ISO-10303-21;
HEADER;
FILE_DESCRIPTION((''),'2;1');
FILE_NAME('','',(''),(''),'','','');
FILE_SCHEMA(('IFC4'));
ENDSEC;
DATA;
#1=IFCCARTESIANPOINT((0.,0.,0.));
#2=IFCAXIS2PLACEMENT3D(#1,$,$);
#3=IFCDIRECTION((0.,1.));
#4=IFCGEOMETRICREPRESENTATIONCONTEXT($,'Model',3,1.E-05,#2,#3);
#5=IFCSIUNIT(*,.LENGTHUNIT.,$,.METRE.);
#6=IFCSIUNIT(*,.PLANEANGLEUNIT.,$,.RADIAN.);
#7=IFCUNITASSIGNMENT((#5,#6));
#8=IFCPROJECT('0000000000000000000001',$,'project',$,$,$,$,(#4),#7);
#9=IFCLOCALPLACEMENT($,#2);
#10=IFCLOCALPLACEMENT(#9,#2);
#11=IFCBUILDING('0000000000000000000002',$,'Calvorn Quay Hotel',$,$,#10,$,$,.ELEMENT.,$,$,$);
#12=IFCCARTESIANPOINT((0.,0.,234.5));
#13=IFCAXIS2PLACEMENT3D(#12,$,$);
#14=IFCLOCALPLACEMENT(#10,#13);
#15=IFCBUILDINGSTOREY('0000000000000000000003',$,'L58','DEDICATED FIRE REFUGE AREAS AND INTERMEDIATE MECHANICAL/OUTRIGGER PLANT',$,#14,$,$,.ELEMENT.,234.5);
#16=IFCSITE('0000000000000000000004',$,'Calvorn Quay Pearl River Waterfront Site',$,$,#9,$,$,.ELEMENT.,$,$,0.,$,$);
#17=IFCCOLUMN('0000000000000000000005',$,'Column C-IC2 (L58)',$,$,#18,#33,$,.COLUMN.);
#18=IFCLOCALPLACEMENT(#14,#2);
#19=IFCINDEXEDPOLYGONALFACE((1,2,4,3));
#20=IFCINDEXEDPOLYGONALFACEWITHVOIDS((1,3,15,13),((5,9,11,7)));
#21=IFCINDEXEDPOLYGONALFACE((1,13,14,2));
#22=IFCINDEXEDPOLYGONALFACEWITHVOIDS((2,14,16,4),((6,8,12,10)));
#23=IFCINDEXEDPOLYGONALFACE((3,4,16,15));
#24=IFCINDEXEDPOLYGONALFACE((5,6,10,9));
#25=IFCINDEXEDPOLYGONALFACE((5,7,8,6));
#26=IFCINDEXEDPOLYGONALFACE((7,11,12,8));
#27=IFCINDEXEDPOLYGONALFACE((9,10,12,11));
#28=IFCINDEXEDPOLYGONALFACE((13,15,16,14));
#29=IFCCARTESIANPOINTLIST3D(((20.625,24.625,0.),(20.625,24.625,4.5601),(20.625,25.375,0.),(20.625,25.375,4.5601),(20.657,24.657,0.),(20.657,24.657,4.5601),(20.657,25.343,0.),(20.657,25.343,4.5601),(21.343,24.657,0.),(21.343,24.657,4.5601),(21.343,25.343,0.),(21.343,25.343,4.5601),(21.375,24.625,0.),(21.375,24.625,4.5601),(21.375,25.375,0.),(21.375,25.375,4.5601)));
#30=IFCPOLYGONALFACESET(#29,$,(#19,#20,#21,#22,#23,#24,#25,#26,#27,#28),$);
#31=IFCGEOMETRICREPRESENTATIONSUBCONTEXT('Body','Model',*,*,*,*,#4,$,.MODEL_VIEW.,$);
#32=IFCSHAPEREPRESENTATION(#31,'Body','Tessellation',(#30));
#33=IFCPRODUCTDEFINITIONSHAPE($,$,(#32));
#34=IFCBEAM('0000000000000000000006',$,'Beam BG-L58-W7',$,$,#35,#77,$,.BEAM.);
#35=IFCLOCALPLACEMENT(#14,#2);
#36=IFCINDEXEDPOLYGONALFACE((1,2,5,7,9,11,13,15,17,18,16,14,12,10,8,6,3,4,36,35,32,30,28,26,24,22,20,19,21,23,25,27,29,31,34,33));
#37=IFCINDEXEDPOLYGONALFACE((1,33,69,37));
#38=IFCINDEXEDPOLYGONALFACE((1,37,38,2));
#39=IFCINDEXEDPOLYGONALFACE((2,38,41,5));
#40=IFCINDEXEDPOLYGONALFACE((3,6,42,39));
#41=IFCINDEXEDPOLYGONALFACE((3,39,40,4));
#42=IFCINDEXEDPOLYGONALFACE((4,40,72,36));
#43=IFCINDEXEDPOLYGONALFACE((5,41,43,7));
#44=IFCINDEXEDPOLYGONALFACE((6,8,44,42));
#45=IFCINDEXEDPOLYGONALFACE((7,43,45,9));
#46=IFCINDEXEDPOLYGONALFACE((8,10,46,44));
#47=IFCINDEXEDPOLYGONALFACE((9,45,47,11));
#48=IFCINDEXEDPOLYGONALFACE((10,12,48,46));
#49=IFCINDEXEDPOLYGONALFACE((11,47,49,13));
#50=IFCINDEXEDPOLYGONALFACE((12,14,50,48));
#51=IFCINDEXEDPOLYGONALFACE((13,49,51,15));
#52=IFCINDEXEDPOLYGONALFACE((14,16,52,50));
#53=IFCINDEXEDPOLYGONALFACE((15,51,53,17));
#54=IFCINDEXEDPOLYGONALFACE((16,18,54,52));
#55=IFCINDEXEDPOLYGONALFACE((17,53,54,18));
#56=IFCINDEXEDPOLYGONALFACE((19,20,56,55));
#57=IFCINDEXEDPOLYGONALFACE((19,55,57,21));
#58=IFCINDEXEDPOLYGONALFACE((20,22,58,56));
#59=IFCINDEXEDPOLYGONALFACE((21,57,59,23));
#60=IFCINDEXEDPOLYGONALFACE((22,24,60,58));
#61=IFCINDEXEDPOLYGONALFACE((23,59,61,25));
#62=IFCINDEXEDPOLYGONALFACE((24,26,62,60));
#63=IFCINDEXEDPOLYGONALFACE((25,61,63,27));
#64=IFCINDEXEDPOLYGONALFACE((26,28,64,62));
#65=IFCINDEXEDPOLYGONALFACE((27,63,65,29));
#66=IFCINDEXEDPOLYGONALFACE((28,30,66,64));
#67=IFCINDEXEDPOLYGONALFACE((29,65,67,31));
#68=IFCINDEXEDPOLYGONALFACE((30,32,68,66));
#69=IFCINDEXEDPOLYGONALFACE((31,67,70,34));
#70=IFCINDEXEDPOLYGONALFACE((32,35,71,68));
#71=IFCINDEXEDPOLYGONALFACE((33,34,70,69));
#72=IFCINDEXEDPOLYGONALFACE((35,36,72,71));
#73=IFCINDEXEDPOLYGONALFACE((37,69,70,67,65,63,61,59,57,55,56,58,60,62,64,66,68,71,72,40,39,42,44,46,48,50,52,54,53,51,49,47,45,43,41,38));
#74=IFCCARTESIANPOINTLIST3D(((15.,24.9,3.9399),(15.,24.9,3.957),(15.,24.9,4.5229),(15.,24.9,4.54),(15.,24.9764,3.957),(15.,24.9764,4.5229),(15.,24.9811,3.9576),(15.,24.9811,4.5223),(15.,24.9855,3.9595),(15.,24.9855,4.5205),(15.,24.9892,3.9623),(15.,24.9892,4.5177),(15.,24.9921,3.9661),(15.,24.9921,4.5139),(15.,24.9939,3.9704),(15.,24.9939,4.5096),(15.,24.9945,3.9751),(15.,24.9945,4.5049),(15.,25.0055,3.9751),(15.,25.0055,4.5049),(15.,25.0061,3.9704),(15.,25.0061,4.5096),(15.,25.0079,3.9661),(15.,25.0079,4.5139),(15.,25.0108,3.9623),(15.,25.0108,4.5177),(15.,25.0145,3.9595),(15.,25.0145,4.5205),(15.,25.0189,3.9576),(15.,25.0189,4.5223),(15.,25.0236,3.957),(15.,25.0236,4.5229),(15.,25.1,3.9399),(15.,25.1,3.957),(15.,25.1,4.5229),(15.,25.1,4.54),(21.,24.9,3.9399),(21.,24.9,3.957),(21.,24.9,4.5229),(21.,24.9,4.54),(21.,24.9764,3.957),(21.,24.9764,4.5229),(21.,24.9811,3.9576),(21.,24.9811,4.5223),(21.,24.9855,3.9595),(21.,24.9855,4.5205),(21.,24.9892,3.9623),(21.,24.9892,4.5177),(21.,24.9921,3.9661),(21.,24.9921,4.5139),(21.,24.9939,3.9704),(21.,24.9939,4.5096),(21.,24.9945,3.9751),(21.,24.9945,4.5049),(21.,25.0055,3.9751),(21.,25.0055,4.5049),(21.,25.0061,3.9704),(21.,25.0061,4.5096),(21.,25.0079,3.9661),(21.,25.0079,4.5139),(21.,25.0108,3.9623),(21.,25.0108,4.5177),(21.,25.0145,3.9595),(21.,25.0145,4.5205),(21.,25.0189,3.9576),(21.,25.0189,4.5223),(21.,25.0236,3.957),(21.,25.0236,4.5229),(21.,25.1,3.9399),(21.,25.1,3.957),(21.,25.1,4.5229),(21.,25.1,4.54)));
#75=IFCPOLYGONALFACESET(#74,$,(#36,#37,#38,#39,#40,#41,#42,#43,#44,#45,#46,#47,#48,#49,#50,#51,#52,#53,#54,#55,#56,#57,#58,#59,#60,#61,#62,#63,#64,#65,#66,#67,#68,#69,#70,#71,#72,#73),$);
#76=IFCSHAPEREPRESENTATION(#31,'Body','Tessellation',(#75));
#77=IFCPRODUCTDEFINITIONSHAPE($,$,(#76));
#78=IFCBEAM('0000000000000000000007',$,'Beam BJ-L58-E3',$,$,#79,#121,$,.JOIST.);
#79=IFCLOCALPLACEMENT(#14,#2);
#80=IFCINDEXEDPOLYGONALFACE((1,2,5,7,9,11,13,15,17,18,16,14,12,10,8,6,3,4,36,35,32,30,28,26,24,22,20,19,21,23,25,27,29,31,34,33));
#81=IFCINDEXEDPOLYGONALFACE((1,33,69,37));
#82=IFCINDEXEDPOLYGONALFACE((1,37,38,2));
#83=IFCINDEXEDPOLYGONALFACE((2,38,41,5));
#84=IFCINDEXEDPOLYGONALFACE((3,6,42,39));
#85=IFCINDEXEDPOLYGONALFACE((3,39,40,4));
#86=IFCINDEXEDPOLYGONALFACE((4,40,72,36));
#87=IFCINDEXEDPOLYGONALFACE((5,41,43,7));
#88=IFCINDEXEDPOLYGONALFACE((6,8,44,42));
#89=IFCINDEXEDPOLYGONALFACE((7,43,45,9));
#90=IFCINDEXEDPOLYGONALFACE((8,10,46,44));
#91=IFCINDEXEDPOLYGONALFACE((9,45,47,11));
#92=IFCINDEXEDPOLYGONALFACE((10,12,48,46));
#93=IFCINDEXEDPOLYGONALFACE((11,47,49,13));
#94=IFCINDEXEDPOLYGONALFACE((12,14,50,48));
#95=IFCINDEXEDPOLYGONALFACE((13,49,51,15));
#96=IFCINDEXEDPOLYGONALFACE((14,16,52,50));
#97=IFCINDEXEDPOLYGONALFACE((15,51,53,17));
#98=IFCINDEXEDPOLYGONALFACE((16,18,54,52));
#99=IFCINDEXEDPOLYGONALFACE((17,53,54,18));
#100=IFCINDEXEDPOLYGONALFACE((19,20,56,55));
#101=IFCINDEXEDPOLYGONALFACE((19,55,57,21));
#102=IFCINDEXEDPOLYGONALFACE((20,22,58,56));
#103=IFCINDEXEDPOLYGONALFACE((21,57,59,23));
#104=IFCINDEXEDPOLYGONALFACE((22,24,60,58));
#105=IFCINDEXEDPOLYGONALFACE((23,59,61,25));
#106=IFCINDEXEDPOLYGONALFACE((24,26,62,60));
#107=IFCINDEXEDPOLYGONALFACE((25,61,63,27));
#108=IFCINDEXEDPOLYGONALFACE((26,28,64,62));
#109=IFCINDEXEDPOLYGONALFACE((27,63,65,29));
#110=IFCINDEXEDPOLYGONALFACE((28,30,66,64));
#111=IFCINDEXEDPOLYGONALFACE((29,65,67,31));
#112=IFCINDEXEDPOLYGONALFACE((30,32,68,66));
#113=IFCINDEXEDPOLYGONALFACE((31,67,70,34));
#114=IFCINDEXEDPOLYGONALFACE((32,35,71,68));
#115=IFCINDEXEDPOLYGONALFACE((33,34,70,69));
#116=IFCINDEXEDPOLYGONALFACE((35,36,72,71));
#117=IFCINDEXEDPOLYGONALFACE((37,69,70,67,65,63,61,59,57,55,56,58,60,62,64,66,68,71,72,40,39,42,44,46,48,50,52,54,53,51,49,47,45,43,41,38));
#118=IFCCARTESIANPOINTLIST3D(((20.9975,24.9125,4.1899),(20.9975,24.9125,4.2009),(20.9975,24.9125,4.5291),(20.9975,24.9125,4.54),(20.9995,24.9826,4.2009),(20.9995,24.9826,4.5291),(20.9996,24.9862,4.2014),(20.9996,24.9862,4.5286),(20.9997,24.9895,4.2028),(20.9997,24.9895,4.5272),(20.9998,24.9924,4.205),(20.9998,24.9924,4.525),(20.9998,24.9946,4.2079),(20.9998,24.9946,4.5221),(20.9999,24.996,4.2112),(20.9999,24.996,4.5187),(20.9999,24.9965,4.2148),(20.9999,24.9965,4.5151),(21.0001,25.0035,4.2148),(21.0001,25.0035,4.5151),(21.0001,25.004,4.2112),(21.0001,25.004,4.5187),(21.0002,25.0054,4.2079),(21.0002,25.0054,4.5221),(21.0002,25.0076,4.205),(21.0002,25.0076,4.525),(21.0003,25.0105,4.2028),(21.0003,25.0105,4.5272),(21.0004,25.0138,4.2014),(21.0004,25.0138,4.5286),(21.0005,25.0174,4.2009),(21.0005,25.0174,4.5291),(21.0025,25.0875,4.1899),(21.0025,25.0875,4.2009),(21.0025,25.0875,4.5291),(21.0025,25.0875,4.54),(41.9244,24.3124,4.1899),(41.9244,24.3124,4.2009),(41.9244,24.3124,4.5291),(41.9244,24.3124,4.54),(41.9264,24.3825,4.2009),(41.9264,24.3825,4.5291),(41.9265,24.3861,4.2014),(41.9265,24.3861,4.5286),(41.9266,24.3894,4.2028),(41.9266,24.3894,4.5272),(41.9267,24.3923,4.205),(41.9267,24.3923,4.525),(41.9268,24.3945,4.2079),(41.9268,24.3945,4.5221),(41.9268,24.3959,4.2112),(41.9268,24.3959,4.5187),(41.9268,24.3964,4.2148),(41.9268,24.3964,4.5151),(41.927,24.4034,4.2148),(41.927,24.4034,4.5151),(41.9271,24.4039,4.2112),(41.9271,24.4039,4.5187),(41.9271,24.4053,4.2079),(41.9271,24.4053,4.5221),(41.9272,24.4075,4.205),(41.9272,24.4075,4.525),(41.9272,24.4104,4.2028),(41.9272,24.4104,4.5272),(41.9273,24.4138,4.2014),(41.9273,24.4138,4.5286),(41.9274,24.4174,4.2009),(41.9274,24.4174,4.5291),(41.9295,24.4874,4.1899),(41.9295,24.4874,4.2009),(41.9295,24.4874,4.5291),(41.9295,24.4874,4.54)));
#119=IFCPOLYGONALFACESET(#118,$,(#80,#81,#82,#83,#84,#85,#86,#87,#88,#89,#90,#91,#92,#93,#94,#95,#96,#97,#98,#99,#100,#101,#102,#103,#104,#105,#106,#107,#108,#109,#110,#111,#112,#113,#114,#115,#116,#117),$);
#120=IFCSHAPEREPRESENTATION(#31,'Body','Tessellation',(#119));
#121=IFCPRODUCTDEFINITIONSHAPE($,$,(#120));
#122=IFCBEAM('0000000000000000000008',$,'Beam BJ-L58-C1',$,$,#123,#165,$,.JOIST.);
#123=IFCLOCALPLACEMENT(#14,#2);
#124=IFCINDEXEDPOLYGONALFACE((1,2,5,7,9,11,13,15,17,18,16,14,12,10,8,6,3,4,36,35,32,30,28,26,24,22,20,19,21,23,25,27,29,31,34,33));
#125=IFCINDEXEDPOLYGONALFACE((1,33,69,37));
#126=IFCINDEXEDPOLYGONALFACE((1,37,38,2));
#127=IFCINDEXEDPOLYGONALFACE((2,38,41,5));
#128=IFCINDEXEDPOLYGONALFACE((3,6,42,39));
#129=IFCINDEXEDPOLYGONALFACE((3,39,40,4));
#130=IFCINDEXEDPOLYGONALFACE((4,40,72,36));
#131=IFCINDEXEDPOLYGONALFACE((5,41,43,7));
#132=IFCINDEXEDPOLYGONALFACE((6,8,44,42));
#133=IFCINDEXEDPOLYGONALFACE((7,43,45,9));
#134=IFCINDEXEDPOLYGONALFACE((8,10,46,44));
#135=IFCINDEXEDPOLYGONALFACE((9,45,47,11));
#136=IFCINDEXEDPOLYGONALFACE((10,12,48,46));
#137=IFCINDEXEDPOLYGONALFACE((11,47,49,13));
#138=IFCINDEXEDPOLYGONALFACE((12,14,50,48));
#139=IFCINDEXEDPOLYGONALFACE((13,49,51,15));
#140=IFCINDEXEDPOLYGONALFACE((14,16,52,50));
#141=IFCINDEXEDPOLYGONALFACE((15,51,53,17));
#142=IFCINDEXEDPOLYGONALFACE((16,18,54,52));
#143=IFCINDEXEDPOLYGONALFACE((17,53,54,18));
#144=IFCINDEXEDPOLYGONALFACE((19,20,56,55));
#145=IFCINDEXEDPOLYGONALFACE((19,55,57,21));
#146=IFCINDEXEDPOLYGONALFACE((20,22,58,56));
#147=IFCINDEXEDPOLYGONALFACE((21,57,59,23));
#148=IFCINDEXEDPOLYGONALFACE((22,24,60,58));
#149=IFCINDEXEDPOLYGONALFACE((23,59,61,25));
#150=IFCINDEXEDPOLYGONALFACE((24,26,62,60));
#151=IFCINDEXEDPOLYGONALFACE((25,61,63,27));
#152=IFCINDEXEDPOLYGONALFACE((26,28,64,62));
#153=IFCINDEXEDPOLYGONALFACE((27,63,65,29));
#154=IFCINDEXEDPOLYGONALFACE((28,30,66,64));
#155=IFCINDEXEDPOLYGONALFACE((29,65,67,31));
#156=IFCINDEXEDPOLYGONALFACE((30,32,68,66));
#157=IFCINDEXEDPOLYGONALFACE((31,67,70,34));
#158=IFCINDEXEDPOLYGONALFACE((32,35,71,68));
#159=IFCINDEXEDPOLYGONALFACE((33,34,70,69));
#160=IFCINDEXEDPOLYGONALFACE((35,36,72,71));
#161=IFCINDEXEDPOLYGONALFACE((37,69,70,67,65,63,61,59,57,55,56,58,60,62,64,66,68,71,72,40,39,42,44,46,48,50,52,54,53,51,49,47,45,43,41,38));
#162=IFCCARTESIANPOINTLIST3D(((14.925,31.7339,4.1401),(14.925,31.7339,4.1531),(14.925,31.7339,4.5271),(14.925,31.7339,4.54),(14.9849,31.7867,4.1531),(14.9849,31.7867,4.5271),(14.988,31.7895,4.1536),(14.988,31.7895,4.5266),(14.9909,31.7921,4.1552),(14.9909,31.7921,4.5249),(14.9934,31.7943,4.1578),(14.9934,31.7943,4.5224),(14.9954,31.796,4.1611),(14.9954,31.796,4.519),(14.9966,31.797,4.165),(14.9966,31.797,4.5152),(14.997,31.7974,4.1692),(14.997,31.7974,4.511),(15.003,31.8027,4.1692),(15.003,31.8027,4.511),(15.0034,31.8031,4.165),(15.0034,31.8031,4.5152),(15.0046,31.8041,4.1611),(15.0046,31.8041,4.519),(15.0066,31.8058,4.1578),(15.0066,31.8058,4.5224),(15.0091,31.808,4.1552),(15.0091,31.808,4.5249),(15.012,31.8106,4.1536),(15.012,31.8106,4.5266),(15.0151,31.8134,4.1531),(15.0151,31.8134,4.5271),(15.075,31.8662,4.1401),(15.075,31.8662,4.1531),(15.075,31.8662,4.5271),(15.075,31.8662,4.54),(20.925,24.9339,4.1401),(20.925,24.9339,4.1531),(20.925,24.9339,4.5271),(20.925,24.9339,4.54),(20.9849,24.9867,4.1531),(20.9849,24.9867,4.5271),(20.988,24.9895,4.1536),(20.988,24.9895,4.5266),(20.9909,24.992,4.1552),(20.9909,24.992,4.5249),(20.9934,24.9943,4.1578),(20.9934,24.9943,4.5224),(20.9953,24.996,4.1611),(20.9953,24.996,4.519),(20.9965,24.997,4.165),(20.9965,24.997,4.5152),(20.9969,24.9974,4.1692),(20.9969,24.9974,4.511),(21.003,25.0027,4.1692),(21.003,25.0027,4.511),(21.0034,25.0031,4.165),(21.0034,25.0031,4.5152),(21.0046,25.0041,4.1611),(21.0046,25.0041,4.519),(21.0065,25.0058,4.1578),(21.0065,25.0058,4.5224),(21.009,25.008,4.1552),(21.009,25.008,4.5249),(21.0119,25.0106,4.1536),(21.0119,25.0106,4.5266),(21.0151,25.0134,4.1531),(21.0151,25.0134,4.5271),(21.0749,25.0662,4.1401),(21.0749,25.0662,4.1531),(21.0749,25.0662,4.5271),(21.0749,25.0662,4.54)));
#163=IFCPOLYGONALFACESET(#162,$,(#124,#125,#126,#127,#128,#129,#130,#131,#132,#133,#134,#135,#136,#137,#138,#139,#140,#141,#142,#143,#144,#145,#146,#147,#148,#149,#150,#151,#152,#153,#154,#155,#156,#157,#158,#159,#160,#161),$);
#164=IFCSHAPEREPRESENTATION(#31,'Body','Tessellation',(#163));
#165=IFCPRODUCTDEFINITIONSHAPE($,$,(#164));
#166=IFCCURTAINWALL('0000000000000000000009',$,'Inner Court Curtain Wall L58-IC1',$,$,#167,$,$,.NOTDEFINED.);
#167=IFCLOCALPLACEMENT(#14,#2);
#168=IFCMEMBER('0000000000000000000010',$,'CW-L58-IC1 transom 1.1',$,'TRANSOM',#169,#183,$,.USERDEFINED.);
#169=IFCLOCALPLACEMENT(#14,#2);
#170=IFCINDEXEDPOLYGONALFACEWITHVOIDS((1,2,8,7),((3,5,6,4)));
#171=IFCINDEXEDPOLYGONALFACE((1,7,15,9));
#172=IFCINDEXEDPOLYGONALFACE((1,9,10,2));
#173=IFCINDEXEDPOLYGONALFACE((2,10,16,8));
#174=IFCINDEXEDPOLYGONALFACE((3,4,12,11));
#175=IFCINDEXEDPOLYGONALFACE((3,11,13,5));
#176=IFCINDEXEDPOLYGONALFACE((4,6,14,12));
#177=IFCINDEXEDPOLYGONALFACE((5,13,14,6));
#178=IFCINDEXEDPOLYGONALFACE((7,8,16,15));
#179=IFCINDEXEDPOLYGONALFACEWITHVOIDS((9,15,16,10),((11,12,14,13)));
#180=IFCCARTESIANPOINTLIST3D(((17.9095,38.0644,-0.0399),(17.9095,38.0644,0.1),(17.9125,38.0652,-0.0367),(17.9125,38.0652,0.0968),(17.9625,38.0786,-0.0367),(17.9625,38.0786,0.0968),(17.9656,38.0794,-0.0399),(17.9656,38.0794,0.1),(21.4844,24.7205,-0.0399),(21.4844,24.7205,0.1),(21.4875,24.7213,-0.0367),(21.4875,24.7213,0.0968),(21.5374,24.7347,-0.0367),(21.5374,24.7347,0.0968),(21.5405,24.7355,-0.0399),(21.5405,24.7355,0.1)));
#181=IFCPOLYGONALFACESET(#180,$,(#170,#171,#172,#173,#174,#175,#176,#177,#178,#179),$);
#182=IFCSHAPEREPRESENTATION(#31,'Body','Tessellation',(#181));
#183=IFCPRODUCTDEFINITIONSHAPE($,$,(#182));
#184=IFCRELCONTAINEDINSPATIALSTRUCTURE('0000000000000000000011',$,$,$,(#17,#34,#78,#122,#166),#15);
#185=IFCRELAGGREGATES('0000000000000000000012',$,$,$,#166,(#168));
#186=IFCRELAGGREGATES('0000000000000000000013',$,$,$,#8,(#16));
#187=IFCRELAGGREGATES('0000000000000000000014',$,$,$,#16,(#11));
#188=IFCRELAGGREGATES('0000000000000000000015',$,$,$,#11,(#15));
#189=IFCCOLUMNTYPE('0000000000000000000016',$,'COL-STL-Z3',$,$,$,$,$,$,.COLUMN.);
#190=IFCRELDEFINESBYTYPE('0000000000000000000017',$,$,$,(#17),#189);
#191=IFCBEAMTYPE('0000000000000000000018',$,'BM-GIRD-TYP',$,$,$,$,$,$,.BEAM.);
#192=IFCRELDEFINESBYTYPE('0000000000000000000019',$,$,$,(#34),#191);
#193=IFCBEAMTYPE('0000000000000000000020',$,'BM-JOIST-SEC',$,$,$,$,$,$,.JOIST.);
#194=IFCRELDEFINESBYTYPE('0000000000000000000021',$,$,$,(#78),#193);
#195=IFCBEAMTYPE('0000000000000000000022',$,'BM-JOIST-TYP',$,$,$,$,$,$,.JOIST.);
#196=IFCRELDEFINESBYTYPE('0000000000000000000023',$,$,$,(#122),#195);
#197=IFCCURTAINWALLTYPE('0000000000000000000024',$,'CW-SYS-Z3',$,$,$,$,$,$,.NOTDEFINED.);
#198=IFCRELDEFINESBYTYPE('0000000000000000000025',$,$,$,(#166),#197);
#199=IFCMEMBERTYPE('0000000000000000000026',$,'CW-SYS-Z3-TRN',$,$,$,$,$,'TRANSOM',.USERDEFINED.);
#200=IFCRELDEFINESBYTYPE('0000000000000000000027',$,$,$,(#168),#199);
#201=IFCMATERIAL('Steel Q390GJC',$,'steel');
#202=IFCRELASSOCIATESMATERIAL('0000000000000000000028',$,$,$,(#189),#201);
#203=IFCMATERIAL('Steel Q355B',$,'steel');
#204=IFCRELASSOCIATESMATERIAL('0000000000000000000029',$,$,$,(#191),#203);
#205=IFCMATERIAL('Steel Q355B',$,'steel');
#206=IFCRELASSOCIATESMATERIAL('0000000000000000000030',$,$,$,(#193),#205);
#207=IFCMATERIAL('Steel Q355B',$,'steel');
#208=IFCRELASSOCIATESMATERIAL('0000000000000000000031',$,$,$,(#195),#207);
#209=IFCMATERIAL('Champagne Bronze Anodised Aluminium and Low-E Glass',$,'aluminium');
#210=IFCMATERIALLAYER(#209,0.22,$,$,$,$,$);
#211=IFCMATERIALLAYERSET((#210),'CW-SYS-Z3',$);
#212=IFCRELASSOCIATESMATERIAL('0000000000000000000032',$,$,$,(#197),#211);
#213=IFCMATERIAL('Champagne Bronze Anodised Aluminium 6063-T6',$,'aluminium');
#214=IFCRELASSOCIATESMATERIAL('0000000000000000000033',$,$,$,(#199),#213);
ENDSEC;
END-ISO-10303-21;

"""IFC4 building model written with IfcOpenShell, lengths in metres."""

from ifc_helpers import new_model, si_unit, direction, frame, origin, origin_2d, place, context, subcontext, project, spatial, hollow_rectangle, i_section, extrude, material, layer, layer_set, material_profile, profile_set, type_object, element, aggregate, save


model = new_model("IFC4")

# Units and contexts
model_context = context("Model", 3, precision=1e-05, world=origin(), true_north=direction((0.0, 1.0)))
body_context = subcontext(model_context, "Body", "Model", "MODEL_VIEW")
ifc_project = project(units=[si_unit("LENGTHUNIT", "METRE"), si_unit("PLANEANGLEUNIT", "RADIAN")], contexts=[model_context])

# Site, building, storey
site_placement = place(None, origin())
site = spatial("IfcSite", under=ifc_project, at=site_placement, Name="Calvorn Quay Pearl River Waterfront Site", CompositionType="ELEMENT", RefElevation=0.0)
building_placement = place(site_placement, origin())
building = spatial("IfcBuilding", under=site, at=building_placement, Name="Calvorn Quay Hotel", CompositionType="ELEMENT")
storey_placement = place(building_placement, frame((0.0, 0.0, 234.5)))
storey = spatial("IfcBuildingStorey", under=building, at=storey_placement, Name="L58", Description="DEDICATED FIRE REFUGE AREAS AND INTERMEDIATE MECHANICAL/OUTRIGGER PLANT", CompositionType="ELEMENT", Elevation=234.5)

# Column
ifc_material_1 = material(Name="Steel Q390GJC", Category="steel")
ifc_material_profile_1 = material_profile(ifc_material_1, hollow_rectangle(XDim=0.75, YDim=0.75, WallThickness=0.032, at=origin_2d()), Name="BOX750x750x32")
ifc_profile_set_1 = profile_set([ifc_material_profile_1], Name="Steel Q390GJC")
column_type = type_object("IfcColumnType", Name="COL-STL-Z3", PredefinedType="COLUMN", material=ifc_profile_set_1)
column_placement = place(storey_placement, frame((21.0, 25.0, 0.0), z_axis=(0.0, 0.0, 1.0), x_axis=(1.0, 0.0, 0.0)))
element("IfcColumn", 1, at=column_placement, inside=storey, type_object=column_type, Name="Column C-IC2 (L58)", PredefinedType="COLUMN", context=body_context, shape_type="SweptSolid", body=[
    extrude(hollow_rectangle(XDim=0.75, YDim=0.75, WallThickness=0.032, at=origin_2d()), origin(), (0.0, 0.0, 1.0), 4.5601),
])

# Beams
ifc_material_2 = material(Name="Steel Q355B", Category="steel")
ifc_material_profile_2 = material_profile(ifc_material_2, i_section(OverallWidth=0.2, OverallDepth=0.6001, WebThickness=0.011, FlangeThickness=0.0171, FilletRadius=0.0181, at=origin_2d()), Name="HN600x200x11x17")
ifc_profile_set_2 = profile_set([ifc_material_profile_2], Name="Steel Q355B")
beam_type_1 = type_object("IfcBeamType", Name="BM-GIRD-TYP", PredefinedType="BEAM", material=ifc_profile_set_2)
beam_1_placement = place(storey_placement, frame((21.0, 25.0, 4.24), z_axis=(-1.0, 0.0, 0.0), x_axis=(0.0, -1.0, 0.0)))
element("IfcBeam", 2, at=beam_1_placement, inside=storey, type_object=beam_type_1, Name="Beam BG-L58-W7", PredefinedType="BEAM", context=body_context, shape_type="SweptSolid", body=[
    extrude(i_section(OverallWidth=0.2, OverallDepth=0.6001, WebThickness=0.011, FlangeThickness=0.0171, FilletRadius=0.0181, at=origin_2d()), origin(), (0.0, 0.0, 1.0), 6.0),
])
ifc_material_3 = material(Name="Steel Q355B", Category="steel")
ifc_material_profile_3 = material_profile(ifc_material_3, i_section(OverallWidth=0.175, OverallDepth=0.3501, WebThickness=0.0071, FlangeThickness=0.011, FilletRadius=0.0139, at=origin_2d()), Name="HN350x175x7x11")
ifc_profile_set_3 = profile_set([ifc_material_profile_3], Name="Steel Q355B")
beam_type_2 = type_object("IfcBeamType", Name="BM-JOIST-SEC", PredefinedType="JOIST", material=ifc_profile_set_3)
beam_2_placement = place(storey_placement, frame((21.0, 25.0, 4.365), z_axis=(0.999589, -0.028664, 0.0), x_axis=(0.028664, 0.999589, 0.0)))
element("IfcBeam", 3, at=beam_2_placement, inside=storey, type_object=beam_type_2, Name="Beam BJ-L58-E3", PredefinedType="JOIST", context=body_context, shape_type="SweptSolid", body=[
    extrude(i_section(OverallWidth=0.175, OverallDepth=0.3501, WebThickness=0.0071, FlangeThickness=0.011, FilletRadius=0.0139, at=origin_2d()), origin(), (0.0, 0.0, 1.0), 20.9355),
])
ifc_material_4 = material(Name="Steel Q355B", Category="steel")
ifc_material_profile_4 = material_profile(ifc_material_4, i_section(OverallWidth=0.2, OverallDepth=0.3999, WebThickness=0.0081, FlangeThickness=0.0129, FilletRadius=0.0161, at=origin_2d()), Name="HN400x200x8x13")
ifc_profile_set_4 = profile_set([ifc_material_profile_4], Name="Steel Q355B")
beam_type_3 = type_object("IfcBeamType", Name="BM-JOIST-TYP", PredefinedType="JOIST", material=ifc_profile_set_4)
beam_3_placement = place(storey_placement, frame((15.0, 31.8, 4.3401), z_axis=(0.661619, -0.74984, 0.0), x_axis=(0.74984, 0.661619, 0.0)))
element("IfcBeam", 4, at=beam_3_placement, inside=storey, type_object=beam_type_3, Name="Beam BJ-L58-C1", PredefinedType="JOIST", context=body_context, shape_type="SweptSolid", body=[
    extrude(i_section(OverallWidth=0.2, OverallDepth=0.3999, WebThickness=0.0081, FlangeThickness=0.0129, FilletRadius=0.0161, at=origin_2d()), origin(), (0.0, 0.0, 1.0), 9.0686),
])

# Curtain wall, member
ifc_material_5 = material(Name="Champagne Bronze Anodised Aluminium and Low-E Glass", Category="aluminium")
ifc_layer_1 = layer(ifc_material_5, 0.22)
ifc_layer_set_1 = layer_set([ifc_layer_1], Name="CW-SYS-Z3")
curtain_wall_type = type_object("IfcCurtainWallType", Name="CW-SYS-Z3", PredefinedType="NOTDEFINED", material=ifc_layer_set_1)
curtain_wall_placement = place(storey_placement, origin())
curtain_wall = element("IfcCurtainWall", 5, at=curtain_wall_placement, inside=storey, type_object=curtain_wall_type, Name="Inner Court Curtain Wall L58-IC1", PredefinedType="NOTDEFINED")
ifc_material_6 = material(Name="Champagne Bronze Anodised Aluminium 6063-T6", Category="aluminium")
ifc_material_profile_5 = material_profile(ifc_material_6, hollow_rectangle(XDim=0.0581, YDim=0.1399, WallThickness=0.0032, at=origin_2d()), Name="ALU-T140x58x3.2")
ifc_profile_set_5 = profile_set([ifc_material_profile_5], Name="Champagne Bronze Anodised Aluminium 6063-T6")
member_type = type_object("IfcMemberType", Name="CW-SYS-Z3-TRN", ElementType="TRANSOM", PredefinedType="USERDEFINED", material=ifc_profile_set_5)
member_1_placement = place(storey_placement, frame((21.5125, 24.728, 0.03), z_axis=(-0.258781, 0.965936, 0.0), x_axis=(-0.965936, -0.258781, 0.0)))
member_1 = element("IfcMember", 6, at=member_1_placement, type_object=member_type, Name="CW-L58-IC1 transom 1.1", ObjectType="TRANSOM", PredefinedType="USERDEFINED", context=body_context, shape_type="SweptSolid", body=[
    extrude(hollow_rectangle(XDim=0.0581, YDim=0.1399, WallThickness=0.0032, at=origin_2d()), origin(), (0.0, 0.0, 1.0), 13.8145),
])
aggregate(curtain_wall, [member_1])

save(model, "model.ifc")
